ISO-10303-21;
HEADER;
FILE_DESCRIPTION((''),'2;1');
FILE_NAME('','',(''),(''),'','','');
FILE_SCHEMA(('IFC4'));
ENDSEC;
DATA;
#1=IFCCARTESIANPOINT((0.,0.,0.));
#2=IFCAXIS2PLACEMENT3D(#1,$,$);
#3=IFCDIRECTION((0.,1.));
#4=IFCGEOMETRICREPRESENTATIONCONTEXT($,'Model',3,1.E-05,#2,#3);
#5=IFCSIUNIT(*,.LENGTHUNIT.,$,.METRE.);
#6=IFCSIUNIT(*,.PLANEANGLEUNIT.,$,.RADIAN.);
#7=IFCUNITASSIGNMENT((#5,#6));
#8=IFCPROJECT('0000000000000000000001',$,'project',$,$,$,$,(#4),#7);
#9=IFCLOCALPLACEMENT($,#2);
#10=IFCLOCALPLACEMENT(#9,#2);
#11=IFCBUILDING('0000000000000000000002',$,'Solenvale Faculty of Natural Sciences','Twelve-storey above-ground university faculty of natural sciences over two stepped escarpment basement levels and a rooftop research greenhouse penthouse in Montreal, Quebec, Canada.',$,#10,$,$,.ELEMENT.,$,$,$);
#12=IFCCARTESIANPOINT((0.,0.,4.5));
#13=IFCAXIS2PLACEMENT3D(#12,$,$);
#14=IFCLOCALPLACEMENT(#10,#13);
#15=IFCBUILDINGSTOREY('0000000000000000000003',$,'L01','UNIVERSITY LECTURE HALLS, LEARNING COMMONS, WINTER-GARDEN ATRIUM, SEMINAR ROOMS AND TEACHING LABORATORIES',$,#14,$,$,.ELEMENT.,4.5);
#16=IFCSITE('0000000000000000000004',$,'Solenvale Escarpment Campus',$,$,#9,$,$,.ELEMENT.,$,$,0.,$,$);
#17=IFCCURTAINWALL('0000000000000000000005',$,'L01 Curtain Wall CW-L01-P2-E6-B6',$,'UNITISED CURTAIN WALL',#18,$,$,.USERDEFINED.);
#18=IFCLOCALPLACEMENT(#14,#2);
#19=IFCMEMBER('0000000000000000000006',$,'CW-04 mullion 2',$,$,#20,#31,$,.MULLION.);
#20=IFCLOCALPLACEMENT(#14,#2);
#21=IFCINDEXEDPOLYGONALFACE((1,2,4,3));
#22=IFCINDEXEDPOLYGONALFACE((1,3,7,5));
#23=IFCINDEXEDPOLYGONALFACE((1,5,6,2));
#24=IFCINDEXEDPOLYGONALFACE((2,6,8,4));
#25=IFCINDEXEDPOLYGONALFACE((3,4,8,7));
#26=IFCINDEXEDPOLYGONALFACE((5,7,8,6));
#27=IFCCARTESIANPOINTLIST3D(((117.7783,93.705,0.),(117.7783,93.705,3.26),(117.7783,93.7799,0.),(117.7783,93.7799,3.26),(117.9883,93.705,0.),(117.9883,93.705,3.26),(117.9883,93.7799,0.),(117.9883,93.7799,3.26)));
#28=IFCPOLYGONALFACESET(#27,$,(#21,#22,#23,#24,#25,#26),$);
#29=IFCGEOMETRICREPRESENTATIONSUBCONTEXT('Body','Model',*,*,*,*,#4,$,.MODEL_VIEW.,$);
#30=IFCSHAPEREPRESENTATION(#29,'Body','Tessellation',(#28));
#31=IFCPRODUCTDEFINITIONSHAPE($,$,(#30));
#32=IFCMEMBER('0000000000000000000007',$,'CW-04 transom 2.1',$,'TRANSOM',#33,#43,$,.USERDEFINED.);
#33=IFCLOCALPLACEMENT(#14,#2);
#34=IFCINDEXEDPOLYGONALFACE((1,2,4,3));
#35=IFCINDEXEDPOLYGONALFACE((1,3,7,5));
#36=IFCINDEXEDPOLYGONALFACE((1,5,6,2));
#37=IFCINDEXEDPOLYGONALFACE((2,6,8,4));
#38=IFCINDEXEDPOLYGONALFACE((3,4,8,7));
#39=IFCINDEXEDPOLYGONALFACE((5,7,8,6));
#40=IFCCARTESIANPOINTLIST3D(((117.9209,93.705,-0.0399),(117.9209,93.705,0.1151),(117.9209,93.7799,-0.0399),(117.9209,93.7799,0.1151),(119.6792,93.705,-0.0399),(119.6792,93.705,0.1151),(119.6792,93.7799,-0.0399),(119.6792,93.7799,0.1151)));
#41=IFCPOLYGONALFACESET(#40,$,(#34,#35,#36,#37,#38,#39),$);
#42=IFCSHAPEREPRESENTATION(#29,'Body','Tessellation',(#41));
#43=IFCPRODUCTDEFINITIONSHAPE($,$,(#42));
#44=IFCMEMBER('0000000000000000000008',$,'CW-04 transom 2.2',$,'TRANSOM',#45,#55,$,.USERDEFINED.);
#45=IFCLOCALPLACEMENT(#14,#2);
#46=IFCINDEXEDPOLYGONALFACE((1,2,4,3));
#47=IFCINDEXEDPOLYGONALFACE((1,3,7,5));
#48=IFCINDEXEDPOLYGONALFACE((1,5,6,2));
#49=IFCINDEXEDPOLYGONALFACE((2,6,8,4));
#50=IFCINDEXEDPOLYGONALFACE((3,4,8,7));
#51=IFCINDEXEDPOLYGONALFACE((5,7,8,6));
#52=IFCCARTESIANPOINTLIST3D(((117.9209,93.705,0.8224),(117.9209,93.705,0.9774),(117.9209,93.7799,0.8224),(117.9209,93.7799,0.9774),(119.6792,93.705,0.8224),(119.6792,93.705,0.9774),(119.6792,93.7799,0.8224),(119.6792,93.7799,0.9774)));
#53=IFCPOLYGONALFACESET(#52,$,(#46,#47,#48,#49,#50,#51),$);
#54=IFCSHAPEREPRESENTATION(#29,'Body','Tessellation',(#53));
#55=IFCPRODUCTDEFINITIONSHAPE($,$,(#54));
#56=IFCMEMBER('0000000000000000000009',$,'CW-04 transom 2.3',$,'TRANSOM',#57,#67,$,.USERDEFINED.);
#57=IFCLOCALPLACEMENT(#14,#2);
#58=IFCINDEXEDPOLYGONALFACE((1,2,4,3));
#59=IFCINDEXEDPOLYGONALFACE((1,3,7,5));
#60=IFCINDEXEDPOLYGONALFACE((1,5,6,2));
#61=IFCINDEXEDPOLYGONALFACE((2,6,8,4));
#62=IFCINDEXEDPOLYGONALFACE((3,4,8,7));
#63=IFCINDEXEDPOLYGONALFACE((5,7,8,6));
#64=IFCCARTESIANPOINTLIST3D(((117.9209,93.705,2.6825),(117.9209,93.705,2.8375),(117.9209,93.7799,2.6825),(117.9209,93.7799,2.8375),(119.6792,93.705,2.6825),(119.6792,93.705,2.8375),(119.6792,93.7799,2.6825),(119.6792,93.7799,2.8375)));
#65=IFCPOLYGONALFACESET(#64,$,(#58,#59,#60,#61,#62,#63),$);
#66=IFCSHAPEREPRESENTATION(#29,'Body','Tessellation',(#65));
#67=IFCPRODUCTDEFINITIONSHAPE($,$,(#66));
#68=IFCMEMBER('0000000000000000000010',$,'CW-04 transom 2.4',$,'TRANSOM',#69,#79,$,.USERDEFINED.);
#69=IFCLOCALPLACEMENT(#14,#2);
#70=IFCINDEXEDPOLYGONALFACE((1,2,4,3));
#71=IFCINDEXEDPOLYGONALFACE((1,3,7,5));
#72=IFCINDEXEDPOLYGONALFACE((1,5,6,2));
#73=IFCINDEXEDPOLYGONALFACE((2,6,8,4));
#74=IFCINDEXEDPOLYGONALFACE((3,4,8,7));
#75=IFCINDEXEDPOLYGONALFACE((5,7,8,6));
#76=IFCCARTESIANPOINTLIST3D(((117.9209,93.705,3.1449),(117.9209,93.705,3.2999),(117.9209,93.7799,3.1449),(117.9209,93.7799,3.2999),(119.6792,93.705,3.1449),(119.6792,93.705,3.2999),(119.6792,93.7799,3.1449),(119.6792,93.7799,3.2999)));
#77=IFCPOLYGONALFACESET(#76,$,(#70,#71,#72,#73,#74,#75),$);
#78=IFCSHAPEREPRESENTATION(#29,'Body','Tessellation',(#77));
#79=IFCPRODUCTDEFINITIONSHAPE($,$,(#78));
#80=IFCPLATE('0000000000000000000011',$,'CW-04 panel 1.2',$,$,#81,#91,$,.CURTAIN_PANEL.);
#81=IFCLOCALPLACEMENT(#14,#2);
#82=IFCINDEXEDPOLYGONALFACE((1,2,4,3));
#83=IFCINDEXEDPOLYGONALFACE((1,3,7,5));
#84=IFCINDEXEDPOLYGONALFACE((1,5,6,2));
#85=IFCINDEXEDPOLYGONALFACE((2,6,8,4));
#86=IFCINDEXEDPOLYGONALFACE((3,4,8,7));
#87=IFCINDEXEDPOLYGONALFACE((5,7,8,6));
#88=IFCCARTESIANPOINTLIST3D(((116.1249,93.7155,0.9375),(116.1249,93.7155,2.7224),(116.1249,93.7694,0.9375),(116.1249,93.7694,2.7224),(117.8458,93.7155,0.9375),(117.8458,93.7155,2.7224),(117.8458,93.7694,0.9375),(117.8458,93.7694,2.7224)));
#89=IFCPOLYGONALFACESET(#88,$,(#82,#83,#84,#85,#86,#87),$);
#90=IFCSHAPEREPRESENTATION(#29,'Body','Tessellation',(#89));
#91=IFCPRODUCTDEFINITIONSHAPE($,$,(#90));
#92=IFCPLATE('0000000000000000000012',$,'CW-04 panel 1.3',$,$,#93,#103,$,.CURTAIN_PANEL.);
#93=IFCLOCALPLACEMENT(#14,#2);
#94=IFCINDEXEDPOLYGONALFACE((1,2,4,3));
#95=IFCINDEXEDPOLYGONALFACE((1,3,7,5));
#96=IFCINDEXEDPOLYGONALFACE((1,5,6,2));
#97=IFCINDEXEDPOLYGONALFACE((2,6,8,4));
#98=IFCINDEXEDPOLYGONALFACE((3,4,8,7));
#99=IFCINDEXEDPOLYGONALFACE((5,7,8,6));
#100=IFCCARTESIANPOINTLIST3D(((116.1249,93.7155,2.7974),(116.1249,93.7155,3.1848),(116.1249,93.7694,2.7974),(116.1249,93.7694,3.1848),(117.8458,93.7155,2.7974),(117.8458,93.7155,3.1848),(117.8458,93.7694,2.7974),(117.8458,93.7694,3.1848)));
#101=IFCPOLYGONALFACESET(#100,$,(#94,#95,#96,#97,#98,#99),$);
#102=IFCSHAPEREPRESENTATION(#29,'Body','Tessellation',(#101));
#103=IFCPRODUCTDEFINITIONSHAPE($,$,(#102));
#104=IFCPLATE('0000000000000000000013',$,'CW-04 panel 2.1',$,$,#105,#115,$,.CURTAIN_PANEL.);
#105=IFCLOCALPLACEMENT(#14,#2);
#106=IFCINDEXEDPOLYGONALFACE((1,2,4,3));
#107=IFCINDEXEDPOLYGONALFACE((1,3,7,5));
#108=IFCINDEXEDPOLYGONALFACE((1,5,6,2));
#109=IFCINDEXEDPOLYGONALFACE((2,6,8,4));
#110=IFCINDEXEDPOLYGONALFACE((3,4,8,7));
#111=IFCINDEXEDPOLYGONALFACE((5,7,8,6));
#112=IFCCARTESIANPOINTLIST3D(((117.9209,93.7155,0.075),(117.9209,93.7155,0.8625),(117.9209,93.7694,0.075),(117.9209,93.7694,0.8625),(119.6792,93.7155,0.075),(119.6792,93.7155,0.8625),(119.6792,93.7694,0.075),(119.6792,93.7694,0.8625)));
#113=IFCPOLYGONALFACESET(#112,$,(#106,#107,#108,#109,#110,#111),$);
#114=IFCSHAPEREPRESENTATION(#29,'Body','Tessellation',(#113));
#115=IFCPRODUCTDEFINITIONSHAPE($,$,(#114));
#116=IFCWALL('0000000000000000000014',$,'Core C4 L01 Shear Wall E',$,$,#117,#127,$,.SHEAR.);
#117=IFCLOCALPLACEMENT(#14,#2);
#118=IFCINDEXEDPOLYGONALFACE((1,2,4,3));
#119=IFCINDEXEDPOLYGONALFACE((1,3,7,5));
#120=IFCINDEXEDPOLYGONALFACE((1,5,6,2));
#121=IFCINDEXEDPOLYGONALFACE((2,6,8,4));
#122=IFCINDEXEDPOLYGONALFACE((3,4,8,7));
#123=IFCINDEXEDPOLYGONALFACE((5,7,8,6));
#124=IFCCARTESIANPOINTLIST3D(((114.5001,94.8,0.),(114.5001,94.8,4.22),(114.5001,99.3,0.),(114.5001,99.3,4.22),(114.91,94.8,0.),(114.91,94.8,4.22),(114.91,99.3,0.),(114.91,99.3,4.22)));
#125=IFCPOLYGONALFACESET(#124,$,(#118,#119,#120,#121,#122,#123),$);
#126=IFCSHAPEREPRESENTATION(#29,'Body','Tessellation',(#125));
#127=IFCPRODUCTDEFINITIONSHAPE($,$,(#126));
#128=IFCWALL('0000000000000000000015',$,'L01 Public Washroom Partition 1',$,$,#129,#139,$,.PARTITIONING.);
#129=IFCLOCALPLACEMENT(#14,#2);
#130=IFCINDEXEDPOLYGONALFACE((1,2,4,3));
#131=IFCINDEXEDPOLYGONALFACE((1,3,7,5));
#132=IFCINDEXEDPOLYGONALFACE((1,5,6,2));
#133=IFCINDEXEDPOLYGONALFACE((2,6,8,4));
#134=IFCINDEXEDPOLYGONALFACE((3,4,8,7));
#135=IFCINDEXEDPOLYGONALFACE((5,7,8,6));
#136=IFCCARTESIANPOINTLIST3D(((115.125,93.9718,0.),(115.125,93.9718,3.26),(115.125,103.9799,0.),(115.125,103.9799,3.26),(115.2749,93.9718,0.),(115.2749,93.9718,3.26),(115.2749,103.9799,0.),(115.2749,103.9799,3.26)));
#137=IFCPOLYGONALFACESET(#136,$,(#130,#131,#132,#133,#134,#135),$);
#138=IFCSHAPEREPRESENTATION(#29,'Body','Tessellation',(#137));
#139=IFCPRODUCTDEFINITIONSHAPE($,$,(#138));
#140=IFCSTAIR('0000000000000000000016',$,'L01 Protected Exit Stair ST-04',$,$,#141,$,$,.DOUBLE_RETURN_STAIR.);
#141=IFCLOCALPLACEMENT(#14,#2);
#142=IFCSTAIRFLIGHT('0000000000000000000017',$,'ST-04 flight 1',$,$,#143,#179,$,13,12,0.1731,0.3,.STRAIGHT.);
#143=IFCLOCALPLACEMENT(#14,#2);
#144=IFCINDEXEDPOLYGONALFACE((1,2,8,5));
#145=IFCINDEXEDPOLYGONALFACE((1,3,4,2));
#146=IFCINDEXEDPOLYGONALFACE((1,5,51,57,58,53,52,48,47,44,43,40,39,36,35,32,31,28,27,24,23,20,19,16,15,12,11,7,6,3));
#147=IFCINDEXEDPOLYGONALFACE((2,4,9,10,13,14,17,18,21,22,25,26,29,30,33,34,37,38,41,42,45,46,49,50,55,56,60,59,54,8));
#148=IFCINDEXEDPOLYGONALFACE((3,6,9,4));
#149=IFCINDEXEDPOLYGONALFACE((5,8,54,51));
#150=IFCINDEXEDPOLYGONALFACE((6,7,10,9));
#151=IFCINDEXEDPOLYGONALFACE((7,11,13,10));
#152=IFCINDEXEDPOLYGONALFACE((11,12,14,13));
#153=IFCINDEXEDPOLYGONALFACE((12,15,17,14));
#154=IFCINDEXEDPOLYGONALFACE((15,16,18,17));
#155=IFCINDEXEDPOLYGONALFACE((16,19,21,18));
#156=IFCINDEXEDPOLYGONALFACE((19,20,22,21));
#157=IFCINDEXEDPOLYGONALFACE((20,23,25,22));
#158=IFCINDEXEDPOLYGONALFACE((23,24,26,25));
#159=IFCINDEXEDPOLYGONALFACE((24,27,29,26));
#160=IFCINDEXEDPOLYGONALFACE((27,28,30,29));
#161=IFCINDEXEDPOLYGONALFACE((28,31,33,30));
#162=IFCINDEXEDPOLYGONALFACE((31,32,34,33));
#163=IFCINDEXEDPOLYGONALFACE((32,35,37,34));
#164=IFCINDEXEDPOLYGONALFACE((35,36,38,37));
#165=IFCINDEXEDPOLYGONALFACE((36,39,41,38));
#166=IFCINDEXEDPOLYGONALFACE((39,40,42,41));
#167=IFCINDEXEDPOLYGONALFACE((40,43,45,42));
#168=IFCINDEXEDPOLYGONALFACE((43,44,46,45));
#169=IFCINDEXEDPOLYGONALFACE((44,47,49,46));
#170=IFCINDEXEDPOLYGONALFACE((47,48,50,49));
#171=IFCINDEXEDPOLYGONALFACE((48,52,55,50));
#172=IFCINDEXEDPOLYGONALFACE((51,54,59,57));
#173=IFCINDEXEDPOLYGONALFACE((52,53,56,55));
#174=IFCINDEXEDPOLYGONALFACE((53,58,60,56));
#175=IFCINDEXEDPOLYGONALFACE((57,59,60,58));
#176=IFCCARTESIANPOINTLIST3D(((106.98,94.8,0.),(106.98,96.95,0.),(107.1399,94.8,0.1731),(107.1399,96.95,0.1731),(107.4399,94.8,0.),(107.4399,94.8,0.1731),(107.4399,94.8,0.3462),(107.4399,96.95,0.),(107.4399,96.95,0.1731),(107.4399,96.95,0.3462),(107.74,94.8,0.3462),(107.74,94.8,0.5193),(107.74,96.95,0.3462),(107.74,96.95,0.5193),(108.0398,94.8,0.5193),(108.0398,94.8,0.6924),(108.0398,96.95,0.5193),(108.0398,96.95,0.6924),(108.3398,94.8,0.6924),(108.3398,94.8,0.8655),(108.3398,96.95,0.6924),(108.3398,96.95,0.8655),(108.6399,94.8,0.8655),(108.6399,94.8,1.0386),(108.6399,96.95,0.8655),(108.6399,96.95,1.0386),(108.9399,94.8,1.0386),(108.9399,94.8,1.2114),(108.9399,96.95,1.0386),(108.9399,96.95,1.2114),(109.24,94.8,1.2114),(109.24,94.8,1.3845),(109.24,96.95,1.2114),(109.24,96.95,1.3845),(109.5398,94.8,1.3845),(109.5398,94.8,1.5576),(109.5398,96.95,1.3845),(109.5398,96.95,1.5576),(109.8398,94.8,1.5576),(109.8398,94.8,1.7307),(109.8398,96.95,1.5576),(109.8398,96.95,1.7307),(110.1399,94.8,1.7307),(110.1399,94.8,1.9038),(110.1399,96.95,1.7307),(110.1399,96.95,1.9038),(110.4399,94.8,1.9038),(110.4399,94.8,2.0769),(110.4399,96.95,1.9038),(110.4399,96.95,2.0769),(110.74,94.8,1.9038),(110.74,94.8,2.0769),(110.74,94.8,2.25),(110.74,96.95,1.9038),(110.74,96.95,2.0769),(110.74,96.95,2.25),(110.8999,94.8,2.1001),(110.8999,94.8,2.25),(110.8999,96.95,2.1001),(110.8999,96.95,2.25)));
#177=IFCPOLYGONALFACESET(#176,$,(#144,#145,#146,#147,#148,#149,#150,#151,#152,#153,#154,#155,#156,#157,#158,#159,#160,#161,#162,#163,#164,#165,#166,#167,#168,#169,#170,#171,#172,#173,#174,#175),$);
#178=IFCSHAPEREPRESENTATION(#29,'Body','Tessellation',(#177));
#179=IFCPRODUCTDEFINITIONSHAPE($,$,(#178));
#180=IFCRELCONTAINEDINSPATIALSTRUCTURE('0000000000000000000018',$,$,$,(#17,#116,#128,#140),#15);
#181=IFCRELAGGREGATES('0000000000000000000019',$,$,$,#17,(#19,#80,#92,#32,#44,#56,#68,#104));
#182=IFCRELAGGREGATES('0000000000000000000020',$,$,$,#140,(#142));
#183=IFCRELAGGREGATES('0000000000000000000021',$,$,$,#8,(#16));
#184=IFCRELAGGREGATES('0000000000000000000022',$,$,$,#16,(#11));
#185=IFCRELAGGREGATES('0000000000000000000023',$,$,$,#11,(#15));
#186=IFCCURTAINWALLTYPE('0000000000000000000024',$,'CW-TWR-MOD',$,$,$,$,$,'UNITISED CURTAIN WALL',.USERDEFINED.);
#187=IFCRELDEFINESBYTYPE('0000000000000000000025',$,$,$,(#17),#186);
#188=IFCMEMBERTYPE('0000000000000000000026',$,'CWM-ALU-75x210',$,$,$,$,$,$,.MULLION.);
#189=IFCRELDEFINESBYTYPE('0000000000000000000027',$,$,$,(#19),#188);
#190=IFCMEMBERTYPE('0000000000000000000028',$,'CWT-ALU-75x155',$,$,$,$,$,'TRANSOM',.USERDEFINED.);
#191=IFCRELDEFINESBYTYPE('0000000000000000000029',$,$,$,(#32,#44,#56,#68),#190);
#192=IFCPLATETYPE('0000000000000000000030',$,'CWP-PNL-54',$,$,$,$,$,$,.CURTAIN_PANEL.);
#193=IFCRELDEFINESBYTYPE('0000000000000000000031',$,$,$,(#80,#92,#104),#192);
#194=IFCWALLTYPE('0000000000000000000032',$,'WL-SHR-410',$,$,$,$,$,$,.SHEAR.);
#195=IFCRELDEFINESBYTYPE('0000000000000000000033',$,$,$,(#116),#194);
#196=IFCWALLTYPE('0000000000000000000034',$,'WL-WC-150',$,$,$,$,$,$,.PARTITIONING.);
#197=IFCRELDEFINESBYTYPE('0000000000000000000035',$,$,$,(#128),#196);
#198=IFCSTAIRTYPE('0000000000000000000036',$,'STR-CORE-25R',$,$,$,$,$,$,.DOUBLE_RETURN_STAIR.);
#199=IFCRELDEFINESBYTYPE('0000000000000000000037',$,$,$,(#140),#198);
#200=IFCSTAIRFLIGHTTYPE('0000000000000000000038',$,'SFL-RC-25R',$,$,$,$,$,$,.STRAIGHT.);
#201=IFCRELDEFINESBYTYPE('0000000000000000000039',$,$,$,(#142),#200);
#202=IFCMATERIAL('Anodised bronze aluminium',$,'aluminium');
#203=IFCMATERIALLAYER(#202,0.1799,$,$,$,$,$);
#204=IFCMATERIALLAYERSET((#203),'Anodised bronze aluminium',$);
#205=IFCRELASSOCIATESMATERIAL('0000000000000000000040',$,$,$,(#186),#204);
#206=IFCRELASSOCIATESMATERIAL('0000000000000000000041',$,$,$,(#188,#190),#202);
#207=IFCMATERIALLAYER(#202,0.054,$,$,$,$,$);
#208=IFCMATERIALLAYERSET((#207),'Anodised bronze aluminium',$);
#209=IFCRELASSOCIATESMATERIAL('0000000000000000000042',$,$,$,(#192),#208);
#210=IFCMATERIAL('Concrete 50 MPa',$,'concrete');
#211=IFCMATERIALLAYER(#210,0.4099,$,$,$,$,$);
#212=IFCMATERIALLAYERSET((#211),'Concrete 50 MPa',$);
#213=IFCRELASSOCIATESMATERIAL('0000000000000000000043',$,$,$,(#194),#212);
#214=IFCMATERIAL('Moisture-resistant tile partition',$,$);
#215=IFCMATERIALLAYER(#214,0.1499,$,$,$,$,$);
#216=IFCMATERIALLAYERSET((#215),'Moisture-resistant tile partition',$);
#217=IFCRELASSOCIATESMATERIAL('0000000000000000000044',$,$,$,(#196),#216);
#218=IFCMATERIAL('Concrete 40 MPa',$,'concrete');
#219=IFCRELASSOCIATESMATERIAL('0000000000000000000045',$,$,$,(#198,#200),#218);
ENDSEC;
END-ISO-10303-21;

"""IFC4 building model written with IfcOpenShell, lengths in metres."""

from ifc_helpers import new_model, si_unit, direction, frame, frame_2d, origin, origin_2d, place, context, subcontext, project, spatial, polyline, rectangle, outline, extrude, material, layer, layer_set, material_profile, profile_set, type_object, element, aggregate, save


model = new_model("IFC4")

# Units and contexts
model_context = context("Model", 3, precision=1e-05, world=origin(), true_north=direction((0.0, 1.0)))
body_context = subcontext(model_context, "Body", "Model", "MODEL_VIEW")
ifc_project = project(units=[si_unit("LENGTHUNIT", "METRE"), si_unit("PLANEANGLEUNIT", "RADIAN")], contexts=[model_context])

# Site, building, storey
site_placement = place(None, origin())
site = spatial("IfcSite", under=ifc_project, at=site_placement, Name="Solenvale Escarpment Campus", CompositionType="ELEMENT", RefElevation=0.0)
building_placement = place(site_placement, origin())
building = spatial("IfcBuilding", under=site, at=building_placement, Name="Solenvale Faculty of Natural Sciences", Description="Twelve-storey above-ground university faculty of natural sciences over two stepped escarpment basement levels and a rooftop research greenhouse penthouse in Montreal, Quebec, Canada.", CompositionType="ELEMENT")
storey_placement = place(building_placement, frame((0.0, 0.0, 4.5)))
storey = spatial("IfcBuildingStorey", under=building, at=storey_placement, Name="L01", Description="UNIVERSITY LECTURE HALLS, LEARNING COMMONS, WINTER-GARDEN ATRIUM, SEMINAR ROOMS AND TEACHING LABORATORIES", CompositionType="ELEMENT", Elevation=4.5)

# Shared definitions
ifc_material_1 = material(Name="Concrete 50 MPa", Category="concrete")

# Shared definitions
ifc_material_2 = material(Name="Concrete 40 MPa", Category="concrete")

# Curtain wall, members, plates
ifc_material_3 = material(Name="Anodised bronze aluminium", Category="aluminium")
ifc_layer_1 = layer(ifc_material_3, 0.1799)
ifc_layer_set_1 = layer_set([ifc_layer_1], Name="Anodised bronze aluminium")
curtain_wall_type = type_object("IfcCurtainWallType", Name="CW-TWR-MOD", ElementType="UNITISED CURTAIN WALL", PredefinedType="USERDEFINED", material=ifc_layer_set_1)
curtain_wall_placement = place(storey_placement, origin())
curtain_wall = element("IfcCurtainWall", 1, at=curtain_wall_placement, inside=storey, type_object=curtain_wall_type, Name="L01 Curtain Wall CW-L01-P2-E6-B6", ObjectType="UNITISED CURTAIN WALL", PredefinedType="USERDEFINED")
ifc_material_profile_1 = material_profile(ifc_material_3, rectangle(XDim=0.075, YDim=0.21, at=origin_2d()), Name="ALU-MUL-75x210")
ifc_profile_set_1 = profile_set([ifc_material_profile_1], Name="Anodised bronze aluminium")
member_type_1 = type_object("IfcMemberType", Name="CWM-ALU-75x210", PredefinedType="MULLION", material=ifc_profile_set_1)
member_1_placement = place(storey_placement, frame((117.8833, 93.7424, 0.0), z_axis=(0.0, 0.0, 1.0), x_axis=(0.0, 1.0, 0.0)))
member_1 = element("IfcMember", 2, at=member_1_placement, type_object=member_type_1, Name="CW-04 mullion 2", PredefinedType="MULLION", context=body_context, shape_type="SweptSolid", body=[
    extrude(rectangle(XDim=0.075, YDim=0.21, at=origin_2d()), origin(), (0.0, 0.0, 1.0), 3.26),
])
ifc_material_profile_2 = material_profile(ifc_material_3, rectangle(XDim=0.075, YDim=0.155, at=origin_2d()), Name="ALU-TRN-75x155")
ifc_profile_set_2 = profile_set([ifc_material_profile_2], Name="Anodised bronze aluminium")
member_type_2 = type_object("IfcMemberType", Name="CWT-ALU-75x155", ElementType="TRANSOM", PredefinedType="USERDEFINED", material=ifc_profile_set_2)
member_2_placement = place(storey_placement, frame((117.9209, 93.7424, 0.0376), z_axis=(1.0, 0.0, 0.0), x_axis=(0.0, 1.0, 0.0)))
member_2 = element("IfcMember", 3, at=member_2_placement, type_object=member_type_2, Name="CW-04 transom 2.1", ObjectType="TRANSOM", PredefinedType="USERDEFINED", context=body_context, shape_type="SweptSolid", body=[
    extrude(rectangle(XDim=0.075, YDim=0.155, at=origin_2d()), origin(), (0.0, 0.0, 1.0), 1.7583),
])
member_3_placement = place(storey_placement, frame((117.9209, 93.7424, 0.8999), z_axis=(1.0, 0.0, 0.0), x_axis=(0.0, 1.0, 0.0)))
member_3 = element("IfcMember", 4, at=member_3_placement, type_object=member_type_2, Name="CW-04 transom 2.2", ObjectType="TRANSOM", PredefinedType="USERDEFINED", context=body_context, shape_type="SweptSolid", body=[
    extrude(rectangle(XDim=0.075, YDim=0.155, at=origin_2d()), origin(), (0.0, 0.0, 1.0), 1.7583),
])
member_4_placement = place(storey_placement, frame((117.9209, 93.7424, 2.76), z_axis=(1.0, 0.0, 0.0), x_axis=(0.0, 1.0, 0.0)))
member_4 = element("IfcMember", 5, at=member_4_placement, type_object=member_type_2, Name="CW-04 transom 2.3", ObjectType="TRANSOM", PredefinedType="USERDEFINED", context=body_context, shape_type="SweptSolid", body=[
    extrude(rectangle(XDim=0.075, YDim=0.155, at=origin_2d()), origin(), (0.0, 0.0, 1.0), 1.7583),
])
member_5_placement = place(storey_placement, frame((117.9209, 93.7424, 3.2224), z_axis=(1.0, 0.0, 0.0), x_axis=(0.0, 1.0, 0.0)))
member_5 = element("IfcMember", 6, at=member_5_placement, type_object=member_type_2, Name="CW-04 transom 2.4", ObjectType="TRANSOM", PredefinedType="USERDEFINED", context=body_context, shape_type="SweptSolid", body=[
    extrude(rectangle(XDim=0.075, YDim=0.155, at=origin_2d()), origin(), (0.0, 0.0, 1.0), 1.7583),
])
ifc_layer_2 = layer(ifc_material_3, 0.054)
ifc_layer_set_2 = layer_set([ifc_layer_2], Name="Anodised bronze aluminium")
plate_type = type_object("IfcPlateType", Name="CWP-PNL-54", PredefinedType="CURTAIN_PANEL", material=ifc_layer_set_2)
plate_1_placement = place(storey_placement, frame((116.9854, 93.7424, 0.9375), z_axis=(0.0, 0.0, 1.0), x_axis=(1.0, 0.0, 0.0)))
plate_1 = element("IfcPlate", 7, at=plate_1_placement, type_object=plate_type, Name="CW-04 panel 1.2", PredefinedType="CURTAIN_PANEL", context=body_context, shape_type="SweptSolid", body=[
    extrude(rectangle(XDim=1.7209, YDim=0.054, at=origin_2d()), origin(), (0.0, 0.0, 1.0), 1.7849),
])
plate_2_placement = place(storey_placement, frame((116.9854, 93.7424, 2.7974), z_axis=(0.0, 0.0, 1.0), x_axis=(1.0, 0.0, 0.0)))
plate_2 = element("IfcPlate", 8, at=plate_2_placement, type_object=plate_type, Name="CW-04 panel 1.3", PredefinedType="CURTAIN_PANEL", context=body_context, shape_type="SweptSolid", body=[
    extrude(rectangle(XDim=1.7209, YDim=0.054, at=origin_2d()), origin(), (0.0, 0.0, 1.0), 0.3875),
])
plate_3_placement = place(storey_placement, frame((118.8, 93.7424, 0.075), z_axis=(0.0, 0.0, 1.0), x_axis=(1.0, 0.0, 0.0)))
plate_3 = element("IfcPlate", 9, at=plate_3_placement, type_object=plate_type, Name="CW-04 panel 2.1", PredefinedType="CURTAIN_PANEL", context=body_context, shape_type="SweptSolid", body=[
    extrude(rectangle(XDim=1.7583, YDim=0.054, at=origin_2d()), origin(), (0.0, 0.0, 1.0), 0.7876),
])
aggregate(curtain_wall, [member_1, plate_1, plate_2, member_2, member_3, member_4, member_5, plate_3])

# Walls
ifc_layer_3 = layer(ifc_material_1, 0.4099)
ifc_layer_set_3 = layer_set([ifc_layer_3], Name="Concrete 50 MPa")
wall_type_1 = type_object("IfcWallType", Name="WL-SHR-410", PredefinedType="SHEAR", material=ifc_layer_set_3)
wall_1_placement = place(storey_placement, frame((114.7051, 94.8, 0.0), z_axis=(0.0, 0.0, 1.0), x_axis=(0.0, 1.0, 0.0)))
element("IfcWall", 10, at=wall_1_placement, inside=storey, type_object=wall_type_1, Name="Core C4 L01 Shear Wall E", PredefinedType="SHEAR", context=body_context, shape_type="SweptSolid", body=[
    extrude(rectangle(XDim=4.5, YDim=0.4099, at=frame_2d((2.25, 0.0))), origin(), (0.0, 0.0, 1.0), 4.22),
])
ifc_material_4 = material(Name="Moisture-resistant tile partition")
ifc_layer_4 = layer(ifc_material_4, 0.1499)
ifc_layer_set_4 = layer_set([ifc_layer_4], Name="Moisture-resistant tile partition")
wall_type_2 = type_object("IfcWallType", Name="WL-WC-150", PredefinedType="PARTITIONING", material=ifc_layer_set_4)
wall_2_placement = place(storey_placement, frame((115.2, 93.9719, 0.0), z_axis=(0.0, 0.0, 1.0), x_axis=(0.0, 1.0, 0.0)))
element("IfcWall", 11, at=wall_2_placement, inside=storey, type_object=wall_type_2, Name="L01 Public Washroom Partition 1", PredefinedType="PARTITIONING", context=body_context, shape_type="SweptSolid", body=[
    extrude(rectangle(XDim=10.0081, YDim=0.1499, at=frame_2d((5.0039, 0.0))), origin(), (0.0, 0.0, 1.0), 3.26),
])

# Stair, stair flight
stair_type = type_object("IfcStairType", Name="STR-CORE-25R", PredefinedType="DOUBLE_RETURN_STAIR", material=ifc_material_2)
stair_placement = place(storey_placement, origin())
stair = element("IfcStair", 12, at=stair_placement, inside=storey, type_object=stair_type, Name="L01 Protected Exit Stair ST-04", PredefinedType="DOUBLE_RETURN_STAIR")
stair_flight_type = type_object("IfcStairFlightType", Name="SFL-RC-25R", PredefinedType="STRAIGHT", material=ifc_material_2)
stair_flight_1_placement = place(storey_placement, frame((107.1399, 95.875, 0.0), z_axis=(0.0, 0.0, 1.0), x_axis=(1.0, 0.0, 0.0)))
stair_flight_1 = element("IfcStairFlight", 13, at=stair_flight_1_placement, type_object=stair_flight_type, Name="ST-04 flight 1", NumberOfRisers=13, NumberOfTreads=12, PredefinedType="STRAIGHT", RiserHeight=0.1731, TreadLength=0.3, context=body_context, shape_type="SweptSolid", body=[
    extrude(outline(polyline([(-0.1599, 0.0), (0.0, 0.1731), (0.3, 0.1731), (0.3, 0.3462), (0.6001, 0.3462), (0.6001, 0.5193), (0.8999, 0.5193), (0.8999, 0.6924), (1.2, 0.6924), (1.2, 0.8655), (1.5, 0.8655), (1.5, 1.0386), (1.8, 1.0386), (1.8, 1.2114), (2.1001, 1.2114), (2.1001, 1.3845), (2.3999, 1.3845), (2.3999, 1.5576), (2.7, 1.5576), (2.7, 1.7307), (3.0, 1.7307), (3.0, 1.9038), (3.3, 1.9038), (3.3, 2.0769), (3.6001, 2.0769), (3.6001, 2.25), (3.76, 2.25), (3.76, 2.1001), (3.6001, 1.9038), (0.3, 0.0), (-0.1599, 0.0)])), frame((0.0, 1.075, 0.0), z_axis=(0.0, -1.0, 0.0), x_axis=(1.0, 0.0, 0.0)), (0.0, 0.0, 1.0), 2.1499),
])
aggregate(stair, [stair_flight_1])

save(model, "model.ifc")
